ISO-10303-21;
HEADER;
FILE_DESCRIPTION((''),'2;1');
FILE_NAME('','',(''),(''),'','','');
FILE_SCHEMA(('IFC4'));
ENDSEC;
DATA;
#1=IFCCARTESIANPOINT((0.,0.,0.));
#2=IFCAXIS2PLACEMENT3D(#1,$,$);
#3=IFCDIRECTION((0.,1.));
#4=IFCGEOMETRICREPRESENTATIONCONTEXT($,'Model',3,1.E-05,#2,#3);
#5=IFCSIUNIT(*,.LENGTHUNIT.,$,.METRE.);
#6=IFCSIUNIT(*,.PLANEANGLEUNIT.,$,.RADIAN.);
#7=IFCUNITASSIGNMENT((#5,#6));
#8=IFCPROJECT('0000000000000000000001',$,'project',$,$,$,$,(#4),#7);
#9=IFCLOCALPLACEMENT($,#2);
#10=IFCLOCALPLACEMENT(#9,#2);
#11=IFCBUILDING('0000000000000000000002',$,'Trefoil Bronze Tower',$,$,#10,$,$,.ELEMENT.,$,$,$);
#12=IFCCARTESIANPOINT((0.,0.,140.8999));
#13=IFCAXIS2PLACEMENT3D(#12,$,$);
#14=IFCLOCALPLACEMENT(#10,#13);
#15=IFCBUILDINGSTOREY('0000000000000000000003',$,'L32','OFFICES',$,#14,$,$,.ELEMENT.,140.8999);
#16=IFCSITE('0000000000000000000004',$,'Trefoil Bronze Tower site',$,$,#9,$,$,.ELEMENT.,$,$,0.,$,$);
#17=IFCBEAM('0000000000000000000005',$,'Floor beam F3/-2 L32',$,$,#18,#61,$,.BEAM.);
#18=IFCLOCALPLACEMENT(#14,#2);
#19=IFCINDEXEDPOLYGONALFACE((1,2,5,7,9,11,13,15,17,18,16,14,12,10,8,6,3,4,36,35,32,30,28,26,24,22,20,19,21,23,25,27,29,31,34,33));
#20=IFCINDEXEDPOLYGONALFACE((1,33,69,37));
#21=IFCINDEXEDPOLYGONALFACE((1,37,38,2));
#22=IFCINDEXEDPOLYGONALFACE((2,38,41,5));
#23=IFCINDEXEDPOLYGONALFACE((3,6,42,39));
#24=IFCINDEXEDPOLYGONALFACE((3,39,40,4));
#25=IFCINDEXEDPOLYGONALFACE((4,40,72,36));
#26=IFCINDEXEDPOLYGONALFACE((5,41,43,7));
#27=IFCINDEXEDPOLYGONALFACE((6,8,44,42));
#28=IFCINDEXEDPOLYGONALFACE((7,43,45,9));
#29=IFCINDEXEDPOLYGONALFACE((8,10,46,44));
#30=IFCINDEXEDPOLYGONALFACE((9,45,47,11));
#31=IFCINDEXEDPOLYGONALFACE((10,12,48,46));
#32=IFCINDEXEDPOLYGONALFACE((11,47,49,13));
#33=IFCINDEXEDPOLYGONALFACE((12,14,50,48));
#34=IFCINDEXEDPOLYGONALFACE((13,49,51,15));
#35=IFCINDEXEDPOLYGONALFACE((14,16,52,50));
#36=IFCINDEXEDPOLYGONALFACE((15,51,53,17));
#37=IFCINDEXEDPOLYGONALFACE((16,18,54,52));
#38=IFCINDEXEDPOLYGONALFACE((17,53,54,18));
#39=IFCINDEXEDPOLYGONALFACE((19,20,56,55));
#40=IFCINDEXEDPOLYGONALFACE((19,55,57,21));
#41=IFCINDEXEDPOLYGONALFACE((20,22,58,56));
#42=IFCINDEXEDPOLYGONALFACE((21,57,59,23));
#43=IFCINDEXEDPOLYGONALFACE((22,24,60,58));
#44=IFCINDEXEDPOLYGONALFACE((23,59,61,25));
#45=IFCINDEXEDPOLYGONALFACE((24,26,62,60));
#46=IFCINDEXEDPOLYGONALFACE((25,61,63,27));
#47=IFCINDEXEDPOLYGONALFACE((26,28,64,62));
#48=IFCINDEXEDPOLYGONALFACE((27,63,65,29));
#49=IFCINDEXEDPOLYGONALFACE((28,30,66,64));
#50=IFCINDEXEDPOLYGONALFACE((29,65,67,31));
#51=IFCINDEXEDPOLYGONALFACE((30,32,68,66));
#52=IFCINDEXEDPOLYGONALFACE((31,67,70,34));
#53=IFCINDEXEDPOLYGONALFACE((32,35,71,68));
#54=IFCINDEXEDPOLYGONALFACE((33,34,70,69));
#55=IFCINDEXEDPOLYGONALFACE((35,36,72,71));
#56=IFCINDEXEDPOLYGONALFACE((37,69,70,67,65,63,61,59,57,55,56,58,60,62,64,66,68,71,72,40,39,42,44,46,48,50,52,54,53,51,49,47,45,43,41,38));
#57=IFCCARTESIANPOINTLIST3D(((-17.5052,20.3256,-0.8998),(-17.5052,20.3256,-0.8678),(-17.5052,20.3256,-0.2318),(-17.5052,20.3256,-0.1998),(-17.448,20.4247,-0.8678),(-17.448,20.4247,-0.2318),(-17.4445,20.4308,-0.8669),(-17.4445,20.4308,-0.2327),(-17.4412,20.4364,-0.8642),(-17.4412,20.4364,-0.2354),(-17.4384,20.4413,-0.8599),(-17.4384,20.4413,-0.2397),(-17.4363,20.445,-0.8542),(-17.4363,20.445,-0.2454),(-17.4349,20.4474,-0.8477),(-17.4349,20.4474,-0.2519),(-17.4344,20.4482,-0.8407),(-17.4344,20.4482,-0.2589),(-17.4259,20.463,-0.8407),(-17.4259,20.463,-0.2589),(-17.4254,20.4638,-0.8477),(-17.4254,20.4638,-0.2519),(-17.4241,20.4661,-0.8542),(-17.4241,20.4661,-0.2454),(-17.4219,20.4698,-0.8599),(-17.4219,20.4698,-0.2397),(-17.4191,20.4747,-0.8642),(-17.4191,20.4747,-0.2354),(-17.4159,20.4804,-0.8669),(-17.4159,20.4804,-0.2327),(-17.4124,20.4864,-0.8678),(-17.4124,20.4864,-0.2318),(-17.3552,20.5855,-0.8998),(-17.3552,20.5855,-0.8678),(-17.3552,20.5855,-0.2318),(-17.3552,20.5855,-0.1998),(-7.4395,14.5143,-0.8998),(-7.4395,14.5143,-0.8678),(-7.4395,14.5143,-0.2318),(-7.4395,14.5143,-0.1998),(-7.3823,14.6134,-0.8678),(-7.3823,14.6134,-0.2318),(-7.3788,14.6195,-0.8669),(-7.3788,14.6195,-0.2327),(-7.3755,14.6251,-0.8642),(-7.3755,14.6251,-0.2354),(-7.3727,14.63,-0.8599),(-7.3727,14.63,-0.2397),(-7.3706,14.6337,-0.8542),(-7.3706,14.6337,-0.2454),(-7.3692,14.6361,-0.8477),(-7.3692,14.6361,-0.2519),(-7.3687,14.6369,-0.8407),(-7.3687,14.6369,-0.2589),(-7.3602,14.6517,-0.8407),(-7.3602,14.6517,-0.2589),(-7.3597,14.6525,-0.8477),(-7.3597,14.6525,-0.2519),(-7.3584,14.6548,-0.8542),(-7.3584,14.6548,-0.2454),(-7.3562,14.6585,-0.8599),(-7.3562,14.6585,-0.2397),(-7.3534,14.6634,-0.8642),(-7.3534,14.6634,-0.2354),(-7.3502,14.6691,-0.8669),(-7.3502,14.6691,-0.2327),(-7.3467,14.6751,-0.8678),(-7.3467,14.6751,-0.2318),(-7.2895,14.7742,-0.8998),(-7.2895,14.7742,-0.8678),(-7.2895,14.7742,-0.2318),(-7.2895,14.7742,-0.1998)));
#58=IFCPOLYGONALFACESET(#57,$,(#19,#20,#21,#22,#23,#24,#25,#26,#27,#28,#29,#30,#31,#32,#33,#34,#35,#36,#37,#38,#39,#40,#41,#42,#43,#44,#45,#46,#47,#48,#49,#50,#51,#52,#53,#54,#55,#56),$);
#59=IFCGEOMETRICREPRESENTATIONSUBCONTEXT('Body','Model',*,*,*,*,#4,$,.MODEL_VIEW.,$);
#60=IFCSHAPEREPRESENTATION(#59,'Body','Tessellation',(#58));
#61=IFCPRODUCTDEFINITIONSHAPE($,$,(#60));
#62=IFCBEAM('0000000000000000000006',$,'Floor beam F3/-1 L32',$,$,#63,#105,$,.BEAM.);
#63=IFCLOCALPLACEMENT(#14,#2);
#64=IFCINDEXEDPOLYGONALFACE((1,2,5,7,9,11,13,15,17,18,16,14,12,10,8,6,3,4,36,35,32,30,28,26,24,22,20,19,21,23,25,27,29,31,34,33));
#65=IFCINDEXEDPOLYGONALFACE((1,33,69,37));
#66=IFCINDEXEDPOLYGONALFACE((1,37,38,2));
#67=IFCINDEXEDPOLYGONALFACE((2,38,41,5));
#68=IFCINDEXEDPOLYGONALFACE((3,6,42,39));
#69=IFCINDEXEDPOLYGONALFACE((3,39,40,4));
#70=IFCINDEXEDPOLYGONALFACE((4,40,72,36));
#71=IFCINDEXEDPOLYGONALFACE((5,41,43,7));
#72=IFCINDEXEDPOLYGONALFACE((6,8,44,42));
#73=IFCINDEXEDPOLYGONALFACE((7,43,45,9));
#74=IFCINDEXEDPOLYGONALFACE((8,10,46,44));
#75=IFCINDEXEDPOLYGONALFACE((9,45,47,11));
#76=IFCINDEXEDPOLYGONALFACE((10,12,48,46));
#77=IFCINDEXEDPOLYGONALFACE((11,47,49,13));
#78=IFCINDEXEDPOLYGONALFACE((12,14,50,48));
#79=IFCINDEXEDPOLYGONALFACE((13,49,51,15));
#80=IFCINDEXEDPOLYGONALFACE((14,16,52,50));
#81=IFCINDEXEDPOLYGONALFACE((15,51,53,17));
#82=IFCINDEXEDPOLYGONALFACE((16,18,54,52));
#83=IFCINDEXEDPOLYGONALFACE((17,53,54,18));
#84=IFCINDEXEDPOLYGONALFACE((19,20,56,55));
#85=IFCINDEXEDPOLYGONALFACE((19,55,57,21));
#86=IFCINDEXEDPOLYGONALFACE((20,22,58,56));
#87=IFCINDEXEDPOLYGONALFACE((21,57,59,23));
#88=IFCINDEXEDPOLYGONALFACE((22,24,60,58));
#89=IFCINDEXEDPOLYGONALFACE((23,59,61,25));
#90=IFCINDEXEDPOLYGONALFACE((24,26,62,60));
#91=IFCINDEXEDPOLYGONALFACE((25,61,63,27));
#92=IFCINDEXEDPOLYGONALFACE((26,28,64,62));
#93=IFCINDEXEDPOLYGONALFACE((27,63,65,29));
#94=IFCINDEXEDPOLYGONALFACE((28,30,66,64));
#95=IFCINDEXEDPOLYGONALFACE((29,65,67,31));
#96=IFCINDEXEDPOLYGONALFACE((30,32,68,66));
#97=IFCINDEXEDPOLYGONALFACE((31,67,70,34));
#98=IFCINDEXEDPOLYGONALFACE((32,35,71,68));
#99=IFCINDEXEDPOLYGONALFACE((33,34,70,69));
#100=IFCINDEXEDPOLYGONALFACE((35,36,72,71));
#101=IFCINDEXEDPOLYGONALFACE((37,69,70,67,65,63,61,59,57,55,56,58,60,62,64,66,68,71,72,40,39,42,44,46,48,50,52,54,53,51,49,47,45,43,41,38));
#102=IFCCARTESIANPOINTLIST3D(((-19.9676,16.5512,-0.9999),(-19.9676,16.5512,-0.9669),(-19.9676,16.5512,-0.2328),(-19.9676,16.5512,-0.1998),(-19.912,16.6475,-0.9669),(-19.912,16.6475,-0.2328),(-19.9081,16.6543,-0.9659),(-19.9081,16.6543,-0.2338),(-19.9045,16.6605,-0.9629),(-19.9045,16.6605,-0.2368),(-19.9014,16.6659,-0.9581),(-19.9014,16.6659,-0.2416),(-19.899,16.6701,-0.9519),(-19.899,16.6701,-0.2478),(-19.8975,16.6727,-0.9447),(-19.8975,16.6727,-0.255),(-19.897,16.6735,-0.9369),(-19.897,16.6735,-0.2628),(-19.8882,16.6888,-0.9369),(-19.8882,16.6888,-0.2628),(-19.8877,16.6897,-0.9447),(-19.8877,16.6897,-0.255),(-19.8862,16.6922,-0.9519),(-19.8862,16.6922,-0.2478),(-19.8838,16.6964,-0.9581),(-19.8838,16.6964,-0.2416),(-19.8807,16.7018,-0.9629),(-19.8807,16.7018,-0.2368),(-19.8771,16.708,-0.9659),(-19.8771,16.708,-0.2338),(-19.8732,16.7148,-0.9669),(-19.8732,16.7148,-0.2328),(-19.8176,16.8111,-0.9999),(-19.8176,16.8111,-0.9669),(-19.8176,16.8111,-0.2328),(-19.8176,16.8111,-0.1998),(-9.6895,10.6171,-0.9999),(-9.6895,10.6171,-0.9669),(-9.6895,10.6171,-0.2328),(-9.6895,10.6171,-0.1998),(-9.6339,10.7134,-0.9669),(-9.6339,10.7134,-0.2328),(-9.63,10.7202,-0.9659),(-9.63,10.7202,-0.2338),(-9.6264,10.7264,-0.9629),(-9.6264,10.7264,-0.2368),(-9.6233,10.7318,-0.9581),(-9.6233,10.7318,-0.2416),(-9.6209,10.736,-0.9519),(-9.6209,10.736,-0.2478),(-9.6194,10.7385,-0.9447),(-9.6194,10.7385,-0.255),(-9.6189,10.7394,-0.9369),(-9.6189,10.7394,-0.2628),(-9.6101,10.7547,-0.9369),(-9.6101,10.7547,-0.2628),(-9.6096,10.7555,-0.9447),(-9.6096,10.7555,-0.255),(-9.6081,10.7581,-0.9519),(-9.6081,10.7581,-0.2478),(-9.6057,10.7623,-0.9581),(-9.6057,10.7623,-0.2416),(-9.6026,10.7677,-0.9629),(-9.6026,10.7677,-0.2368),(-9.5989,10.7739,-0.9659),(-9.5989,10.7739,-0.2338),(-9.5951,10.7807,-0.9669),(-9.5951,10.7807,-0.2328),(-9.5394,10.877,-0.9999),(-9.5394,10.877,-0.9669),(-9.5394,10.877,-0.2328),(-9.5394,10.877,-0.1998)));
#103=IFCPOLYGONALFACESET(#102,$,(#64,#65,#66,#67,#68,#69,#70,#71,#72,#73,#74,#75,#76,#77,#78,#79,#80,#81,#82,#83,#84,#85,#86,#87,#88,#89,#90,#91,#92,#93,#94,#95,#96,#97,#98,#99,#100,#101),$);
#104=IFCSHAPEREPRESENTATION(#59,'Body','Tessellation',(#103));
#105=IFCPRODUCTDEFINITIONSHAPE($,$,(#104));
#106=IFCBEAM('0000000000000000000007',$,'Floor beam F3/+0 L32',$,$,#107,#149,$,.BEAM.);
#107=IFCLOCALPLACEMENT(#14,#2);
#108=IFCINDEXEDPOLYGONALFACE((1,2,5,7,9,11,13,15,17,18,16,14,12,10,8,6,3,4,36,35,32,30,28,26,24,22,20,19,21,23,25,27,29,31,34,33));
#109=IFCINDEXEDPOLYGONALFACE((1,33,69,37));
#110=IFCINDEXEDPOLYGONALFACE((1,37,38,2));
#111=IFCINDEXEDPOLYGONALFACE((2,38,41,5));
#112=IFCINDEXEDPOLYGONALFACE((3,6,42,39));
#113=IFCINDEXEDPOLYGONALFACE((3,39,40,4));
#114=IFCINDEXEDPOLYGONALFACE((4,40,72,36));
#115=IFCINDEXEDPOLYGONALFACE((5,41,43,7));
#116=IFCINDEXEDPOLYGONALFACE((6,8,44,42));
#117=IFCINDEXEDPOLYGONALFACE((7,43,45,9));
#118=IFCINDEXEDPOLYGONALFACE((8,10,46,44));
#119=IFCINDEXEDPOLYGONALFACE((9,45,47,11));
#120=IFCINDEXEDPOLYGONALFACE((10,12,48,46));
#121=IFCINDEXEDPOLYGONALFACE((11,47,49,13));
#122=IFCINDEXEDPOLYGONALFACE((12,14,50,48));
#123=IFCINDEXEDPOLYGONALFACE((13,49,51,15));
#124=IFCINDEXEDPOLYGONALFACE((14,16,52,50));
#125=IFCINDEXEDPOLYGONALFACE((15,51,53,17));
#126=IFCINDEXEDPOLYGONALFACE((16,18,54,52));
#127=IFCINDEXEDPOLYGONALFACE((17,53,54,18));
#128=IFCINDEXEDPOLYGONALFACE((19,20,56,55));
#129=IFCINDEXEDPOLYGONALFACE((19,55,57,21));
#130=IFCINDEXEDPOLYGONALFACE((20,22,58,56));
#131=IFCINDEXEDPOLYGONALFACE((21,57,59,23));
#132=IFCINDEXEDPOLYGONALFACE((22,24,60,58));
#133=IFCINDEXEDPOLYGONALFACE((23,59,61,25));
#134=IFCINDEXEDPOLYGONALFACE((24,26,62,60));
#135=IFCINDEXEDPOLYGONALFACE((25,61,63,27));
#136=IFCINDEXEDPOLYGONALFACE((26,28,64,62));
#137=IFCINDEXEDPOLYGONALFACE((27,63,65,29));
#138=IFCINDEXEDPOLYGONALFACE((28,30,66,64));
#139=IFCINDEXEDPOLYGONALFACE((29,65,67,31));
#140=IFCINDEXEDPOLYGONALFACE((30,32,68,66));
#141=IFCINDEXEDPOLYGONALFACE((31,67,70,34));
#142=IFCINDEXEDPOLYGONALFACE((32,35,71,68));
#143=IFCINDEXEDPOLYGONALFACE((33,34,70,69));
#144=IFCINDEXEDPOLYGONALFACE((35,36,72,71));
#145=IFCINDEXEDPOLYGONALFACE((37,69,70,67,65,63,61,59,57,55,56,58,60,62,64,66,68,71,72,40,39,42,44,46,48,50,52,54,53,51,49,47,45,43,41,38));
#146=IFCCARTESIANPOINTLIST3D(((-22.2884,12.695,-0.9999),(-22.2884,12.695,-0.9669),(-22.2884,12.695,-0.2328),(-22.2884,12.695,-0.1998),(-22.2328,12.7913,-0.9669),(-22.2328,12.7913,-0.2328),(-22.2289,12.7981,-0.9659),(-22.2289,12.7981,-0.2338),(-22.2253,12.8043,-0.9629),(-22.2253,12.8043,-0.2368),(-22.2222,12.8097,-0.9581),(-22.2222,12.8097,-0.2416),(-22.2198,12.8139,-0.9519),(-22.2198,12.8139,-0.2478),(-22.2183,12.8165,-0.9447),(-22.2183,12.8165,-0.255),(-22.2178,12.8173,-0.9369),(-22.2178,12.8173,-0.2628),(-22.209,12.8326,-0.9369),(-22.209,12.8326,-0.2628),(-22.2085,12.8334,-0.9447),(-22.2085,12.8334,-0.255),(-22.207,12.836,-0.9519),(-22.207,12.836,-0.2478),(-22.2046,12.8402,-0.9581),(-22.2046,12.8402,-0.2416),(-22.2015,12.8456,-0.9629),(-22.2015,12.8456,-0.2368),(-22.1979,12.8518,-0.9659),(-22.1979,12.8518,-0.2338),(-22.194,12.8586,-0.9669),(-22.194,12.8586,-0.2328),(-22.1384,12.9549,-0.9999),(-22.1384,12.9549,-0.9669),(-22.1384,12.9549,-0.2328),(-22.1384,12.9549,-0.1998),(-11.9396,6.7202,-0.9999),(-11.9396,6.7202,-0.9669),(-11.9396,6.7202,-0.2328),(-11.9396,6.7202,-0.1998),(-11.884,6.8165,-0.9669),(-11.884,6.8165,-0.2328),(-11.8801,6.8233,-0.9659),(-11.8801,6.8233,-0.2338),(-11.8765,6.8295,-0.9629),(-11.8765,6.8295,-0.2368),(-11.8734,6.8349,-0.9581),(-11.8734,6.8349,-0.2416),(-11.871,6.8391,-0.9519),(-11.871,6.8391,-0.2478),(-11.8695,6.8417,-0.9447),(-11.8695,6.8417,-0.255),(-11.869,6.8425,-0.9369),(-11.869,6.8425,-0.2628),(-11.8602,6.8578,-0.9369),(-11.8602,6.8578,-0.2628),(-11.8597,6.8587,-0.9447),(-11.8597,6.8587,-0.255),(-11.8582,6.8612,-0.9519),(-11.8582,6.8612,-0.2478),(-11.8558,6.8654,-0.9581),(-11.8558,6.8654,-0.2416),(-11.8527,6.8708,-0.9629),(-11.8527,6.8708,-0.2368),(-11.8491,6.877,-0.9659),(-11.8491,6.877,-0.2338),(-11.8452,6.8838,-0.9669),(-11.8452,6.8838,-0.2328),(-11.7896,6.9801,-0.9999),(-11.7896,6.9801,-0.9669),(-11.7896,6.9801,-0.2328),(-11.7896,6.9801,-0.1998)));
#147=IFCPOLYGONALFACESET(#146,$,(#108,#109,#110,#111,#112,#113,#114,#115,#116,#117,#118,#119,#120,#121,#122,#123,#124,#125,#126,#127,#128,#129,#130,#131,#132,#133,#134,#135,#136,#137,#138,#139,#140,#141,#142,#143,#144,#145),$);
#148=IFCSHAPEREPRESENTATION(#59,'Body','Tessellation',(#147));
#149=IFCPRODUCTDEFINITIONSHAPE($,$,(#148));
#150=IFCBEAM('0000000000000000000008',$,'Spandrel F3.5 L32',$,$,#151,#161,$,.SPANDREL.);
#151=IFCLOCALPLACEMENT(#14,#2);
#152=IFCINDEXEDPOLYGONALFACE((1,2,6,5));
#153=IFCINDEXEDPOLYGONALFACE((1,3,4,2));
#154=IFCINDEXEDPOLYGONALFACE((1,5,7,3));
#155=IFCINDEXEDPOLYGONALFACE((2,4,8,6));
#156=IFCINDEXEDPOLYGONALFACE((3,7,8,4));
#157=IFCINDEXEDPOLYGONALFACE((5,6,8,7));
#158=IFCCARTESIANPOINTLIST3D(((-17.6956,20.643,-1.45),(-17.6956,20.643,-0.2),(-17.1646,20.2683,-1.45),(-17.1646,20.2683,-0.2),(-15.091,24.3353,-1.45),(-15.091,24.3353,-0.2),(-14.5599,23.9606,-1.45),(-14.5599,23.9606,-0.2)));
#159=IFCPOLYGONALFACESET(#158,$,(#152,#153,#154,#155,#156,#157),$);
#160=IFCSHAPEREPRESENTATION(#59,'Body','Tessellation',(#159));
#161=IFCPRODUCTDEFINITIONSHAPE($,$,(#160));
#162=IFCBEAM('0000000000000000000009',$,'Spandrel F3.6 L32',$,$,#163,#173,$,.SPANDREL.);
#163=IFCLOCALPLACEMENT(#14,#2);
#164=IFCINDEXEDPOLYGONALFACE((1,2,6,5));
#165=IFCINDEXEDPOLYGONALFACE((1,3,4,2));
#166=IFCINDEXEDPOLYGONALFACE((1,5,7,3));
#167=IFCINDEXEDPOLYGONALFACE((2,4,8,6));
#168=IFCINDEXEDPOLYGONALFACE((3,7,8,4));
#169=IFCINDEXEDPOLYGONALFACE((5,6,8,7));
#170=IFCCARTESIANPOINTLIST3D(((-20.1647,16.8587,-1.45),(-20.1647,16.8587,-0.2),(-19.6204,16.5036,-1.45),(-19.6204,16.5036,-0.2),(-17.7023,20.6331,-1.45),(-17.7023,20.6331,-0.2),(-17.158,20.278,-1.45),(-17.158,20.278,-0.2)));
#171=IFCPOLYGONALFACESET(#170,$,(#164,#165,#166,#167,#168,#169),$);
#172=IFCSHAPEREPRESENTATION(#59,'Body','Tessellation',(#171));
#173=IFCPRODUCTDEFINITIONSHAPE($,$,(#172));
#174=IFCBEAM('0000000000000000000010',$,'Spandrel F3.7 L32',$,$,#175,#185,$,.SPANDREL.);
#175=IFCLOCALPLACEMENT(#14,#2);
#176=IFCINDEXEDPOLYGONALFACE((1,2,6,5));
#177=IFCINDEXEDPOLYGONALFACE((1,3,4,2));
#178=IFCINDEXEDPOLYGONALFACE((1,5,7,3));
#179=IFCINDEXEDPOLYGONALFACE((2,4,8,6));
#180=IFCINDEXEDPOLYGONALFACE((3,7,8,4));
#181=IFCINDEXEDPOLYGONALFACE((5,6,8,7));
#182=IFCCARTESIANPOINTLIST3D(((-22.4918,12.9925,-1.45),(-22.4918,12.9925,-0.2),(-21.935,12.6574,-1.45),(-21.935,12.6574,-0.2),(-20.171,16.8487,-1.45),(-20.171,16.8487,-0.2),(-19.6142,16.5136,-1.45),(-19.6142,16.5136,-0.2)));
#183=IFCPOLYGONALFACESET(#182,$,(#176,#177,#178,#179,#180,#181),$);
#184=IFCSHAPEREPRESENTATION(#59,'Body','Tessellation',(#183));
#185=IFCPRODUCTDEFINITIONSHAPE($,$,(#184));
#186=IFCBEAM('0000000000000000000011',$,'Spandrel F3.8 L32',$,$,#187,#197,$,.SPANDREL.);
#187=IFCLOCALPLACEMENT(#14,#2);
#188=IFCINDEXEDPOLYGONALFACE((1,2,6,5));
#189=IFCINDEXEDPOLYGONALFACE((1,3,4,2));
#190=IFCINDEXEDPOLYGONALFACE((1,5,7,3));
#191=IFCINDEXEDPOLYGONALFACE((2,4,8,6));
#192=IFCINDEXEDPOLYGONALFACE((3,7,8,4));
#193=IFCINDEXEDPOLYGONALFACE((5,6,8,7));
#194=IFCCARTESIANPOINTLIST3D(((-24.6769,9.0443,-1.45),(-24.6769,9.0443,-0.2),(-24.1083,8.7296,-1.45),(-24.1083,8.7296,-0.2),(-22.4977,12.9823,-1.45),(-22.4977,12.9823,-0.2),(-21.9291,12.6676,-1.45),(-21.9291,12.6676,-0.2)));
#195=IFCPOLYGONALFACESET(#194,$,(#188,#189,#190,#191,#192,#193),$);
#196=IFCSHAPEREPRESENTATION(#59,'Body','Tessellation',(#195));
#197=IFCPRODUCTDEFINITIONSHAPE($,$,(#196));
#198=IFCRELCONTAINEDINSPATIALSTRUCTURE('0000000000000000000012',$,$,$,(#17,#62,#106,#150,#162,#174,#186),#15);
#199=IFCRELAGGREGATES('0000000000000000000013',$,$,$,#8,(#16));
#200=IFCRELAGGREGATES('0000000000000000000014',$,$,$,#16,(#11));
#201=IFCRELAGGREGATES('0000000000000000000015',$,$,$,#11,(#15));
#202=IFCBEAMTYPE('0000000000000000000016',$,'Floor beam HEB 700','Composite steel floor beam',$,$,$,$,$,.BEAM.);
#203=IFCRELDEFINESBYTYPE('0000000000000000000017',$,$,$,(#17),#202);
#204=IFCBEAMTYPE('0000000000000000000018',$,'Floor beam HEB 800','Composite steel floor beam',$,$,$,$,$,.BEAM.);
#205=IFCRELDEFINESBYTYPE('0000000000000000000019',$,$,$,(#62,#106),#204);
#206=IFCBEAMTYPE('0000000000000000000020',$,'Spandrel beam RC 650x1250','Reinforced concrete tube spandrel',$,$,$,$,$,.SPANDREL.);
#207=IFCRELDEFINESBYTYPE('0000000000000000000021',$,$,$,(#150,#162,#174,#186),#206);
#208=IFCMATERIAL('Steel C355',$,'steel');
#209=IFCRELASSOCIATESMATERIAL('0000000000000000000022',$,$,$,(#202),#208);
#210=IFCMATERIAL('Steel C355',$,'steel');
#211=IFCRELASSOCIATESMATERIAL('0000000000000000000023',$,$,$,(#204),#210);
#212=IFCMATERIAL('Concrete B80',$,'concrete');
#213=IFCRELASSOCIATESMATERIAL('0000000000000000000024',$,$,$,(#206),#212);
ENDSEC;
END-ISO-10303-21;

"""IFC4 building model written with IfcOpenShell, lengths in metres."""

from ifc_helpers import new_model, si_unit, direction, frame, origin, origin_2d, place, context, subcontext, project, spatial, rectangle, i_section, extrude, material, material_profile, profile_set, type_object, element, save


model = new_model("IFC4")

# Units and contexts
model_context = context("Model", 3, precision=1e-05, world=origin(), true_north=direction((0.0, 1.0)))
body_context = subcontext(model_context, "Body", "Model", "MODEL_VIEW")
ifc_project = project(units=[si_unit("LENGTHUNIT", "METRE"), si_unit("PLANEANGLEUNIT", "RADIAN")], contexts=[model_context])

# Site, building, storey
site_placement = place(None, origin())
site = spatial("IfcSite", under=ifc_project, at=site_placement, Name="Trefoil Bronze Tower site", CompositionType="ELEMENT", RefElevation=0.0)
building_placement = place(site_placement, origin())
building = spatial("IfcBuilding", under=site, at=building_placement, Name="Trefoil Bronze Tower", CompositionType="ELEMENT")
storey_placement = place(building_placement, frame((0.0, 0.0, 140.8999)))
storey = spatial("IfcBuildingStorey", under=building, at=storey_placement, Name="L32", Description="OFFICES", CompositionType="ELEMENT", Elevation=140.8999)

# Beams
ifc_material_1 = material(Name="Steel C355", Category="steel")
ifc_material_profile_1 = material_profile(ifc_material_1, i_section(OverallWidth=0.3, OverallDepth=0.7, WebThickness=0.0171, FlangeThickness=0.032, FilletRadius=0.0271, at=origin_2d()), Name="HEB 700")
ifc_profile_set_1 = profile_set([ifc_material_profile_1], Name="Steel C355")
beam_type_1 = type_object("IfcBeamType", Name="Floor beam HEB 700", Description="Composite steel floor beam", PredefinedType="BEAM", material=ifc_profile_set_1)
beam_1_placement = place(storey_placement, frame((-17.4302, 20.4556, -0.5498), z_axis=(0.866031, -0.499991, 0.0), x_axis=(0.499991, 0.866031, 0.0)))
element("IfcBeam", 1, at=beam_1_placement, inside=storey, type_object=beam_type_1, Name="Floor beam F3/-2 L32", PredefinedType="BEAM", context=body_context, shape_type="SweptSolid", body=[
    extrude(i_section(OverallWidth=0.3, OverallDepth=0.7, WebThickness=0.0171, FlangeThickness=0.032, FilletRadius=0.0271, at=origin_2d()), origin(), (0.0, 0.0, 1.0), 11.6228),
])
ifc_material_2 = material(Name="Steel C355", Category="steel")
ifc_material_profile_2 = material_profile(ifc_material_2, i_section(OverallWidth=0.3, OverallDepth=0.8, WebThickness=0.0176, FlangeThickness=0.033, FilletRadius=0.03, at=origin_2d()), Name="HEB 800")
ifc_profile_set_2 = profile_set([ifc_material_profile_2], Name="Steel C355")
beam_type_2 = type_object("IfcBeamType", Name="Floor beam HEB 800", Description="Composite steel floor beam", PredefinedType="BEAM", material=ifc_profile_set_2)
beam_2_placement = place(storey_placement, frame((-19.8926, 16.6812, -0.5999), z_axis=(0.866024, -0.500002, 0.0), x_axis=(0.500002, 0.866024, 0.0)))
element("IfcBeam", 2, at=beam_2_placement, inside=storey, type_object=beam_type_2, Name="Floor beam F3/-1 L32", PredefinedType="BEAM", context=body_context, shape_type="SweptSolid", body=[
    extrude(i_section(OverallWidth=0.3, OverallDepth=0.8, WebThickness=0.0176, FlangeThickness=0.033, FilletRadius=0.03, at=origin_2d()), origin(), (0.0, 0.0, 1.0), 11.8682),
])
beam_3_placement = place(storey_placement, frame((-22.2134, 12.825, -0.5999), z_axis=(0.866028, -0.499995, 0.0), x_axis=(0.499995, 0.866028, 0.0)))
element("IfcBeam", 3, at=beam_3_placement, inside=storey, type_object=beam_type_2, Name="Floor beam F3/+0 L32", PredefinedType="BEAM", context=body_context, shape_type="SweptSolid", body=[
    extrude(i_section(OverallWidth=0.3, OverallDepth=0.8, WebThickness=0.0176, FlangeThickness=0.033, FilletRadius=0.03, at=origin_2d()), origin(), (0.0, 0.0, 1.0), 11.9497),
])
ifc_material_3 = material(Name="Concrete B80", Category="concrete")
ifc_material_profile_3 = material_profile(ifc_material_3, rectangle(XDim=0.6499, YDim=1.25, at=origin_2d()), Name="RC 650x1250")
ifc_profile_set_3 = profile_set([ifc_material_profile_3], Name="Concrete B80")
beam_type_3 = type_object("IfcBeamType", Name="Spandrel beam RC 650x1250", Description="Reinforced concrete tube spandrel", PredefinedType="SPANDREL", material=ifc_profile_set_3)
beam_4_placement = place(storey_placement, frame((-14.8254, 24.1479, -0.825), z_axis=(-0.576439, -0.81714, 0.0), x_axis=(0.81714, -0.576439, 0.0)))
element("IfcBeam", 4, at=beam_4_placement, inside=storey, type_object=beam_type_3, Name="Spandrel F3.5 L32", PredefinedType="SPANDREL", context=body_context, shape_type="SweptSolid", body=[
    extrude(rectangle(XDim=0.6499, YDim=1.25, at=origin_2d()), origin(), (0.0, 0.0, 1.0), 4.5186),
])
beam_5_placement = place(storey_placement, frame((-17.4302, 20.4556, -0.825), z_axis=(-0.546397, -0.837527, 0.0), x_axis=(0.837527, -0.546397, 0.0)))
element("IfcBeam", 5, at=beam_5_placement, inside=storey, type_object=beam_type_3, Name="Spandrel F3.6 L32", PredefinedType="SPANDREL", context=body_context, shape_type="SweptSolid", body=[
    extrude(rectangle(XDim=0.6499, YDim=1.25, at=origin_2d()), origin(), (0.0, 0.0, 1.0), 4.5066),
])
for number, where, z_axis, x_axis, name in (
    (6, (-19.8926, 16.6812, -0.825), (-0.515652, -0.856798, 0.0), (0.856798, -0.515652, 0.0), "Spandrel F3.7 L32"),
    (7, (-22.2134, 12.825, -0.825), (-0.484187, -0.874965, 0.0), (0.874965, -0.484187, 0.0), "Spandrel F3.8 L32"),
):
    element("IfcBeam", number, at=place(storey_placement, frame(where, z_axis=z_axis, x_axis=x_axis)), inside=storey, type_object=beam_type_3, Name=name, PredefinedType="SPANDREL", context=body_context, shape_type="SweptSolid", body=[
        extrude(rectangle(XDim=0.6499, YDim=1.25, at=origin_2d()), origin(), (0.0, 0.0, 1.0), 4.5007),
    ])

save(model, "model.ifc")
